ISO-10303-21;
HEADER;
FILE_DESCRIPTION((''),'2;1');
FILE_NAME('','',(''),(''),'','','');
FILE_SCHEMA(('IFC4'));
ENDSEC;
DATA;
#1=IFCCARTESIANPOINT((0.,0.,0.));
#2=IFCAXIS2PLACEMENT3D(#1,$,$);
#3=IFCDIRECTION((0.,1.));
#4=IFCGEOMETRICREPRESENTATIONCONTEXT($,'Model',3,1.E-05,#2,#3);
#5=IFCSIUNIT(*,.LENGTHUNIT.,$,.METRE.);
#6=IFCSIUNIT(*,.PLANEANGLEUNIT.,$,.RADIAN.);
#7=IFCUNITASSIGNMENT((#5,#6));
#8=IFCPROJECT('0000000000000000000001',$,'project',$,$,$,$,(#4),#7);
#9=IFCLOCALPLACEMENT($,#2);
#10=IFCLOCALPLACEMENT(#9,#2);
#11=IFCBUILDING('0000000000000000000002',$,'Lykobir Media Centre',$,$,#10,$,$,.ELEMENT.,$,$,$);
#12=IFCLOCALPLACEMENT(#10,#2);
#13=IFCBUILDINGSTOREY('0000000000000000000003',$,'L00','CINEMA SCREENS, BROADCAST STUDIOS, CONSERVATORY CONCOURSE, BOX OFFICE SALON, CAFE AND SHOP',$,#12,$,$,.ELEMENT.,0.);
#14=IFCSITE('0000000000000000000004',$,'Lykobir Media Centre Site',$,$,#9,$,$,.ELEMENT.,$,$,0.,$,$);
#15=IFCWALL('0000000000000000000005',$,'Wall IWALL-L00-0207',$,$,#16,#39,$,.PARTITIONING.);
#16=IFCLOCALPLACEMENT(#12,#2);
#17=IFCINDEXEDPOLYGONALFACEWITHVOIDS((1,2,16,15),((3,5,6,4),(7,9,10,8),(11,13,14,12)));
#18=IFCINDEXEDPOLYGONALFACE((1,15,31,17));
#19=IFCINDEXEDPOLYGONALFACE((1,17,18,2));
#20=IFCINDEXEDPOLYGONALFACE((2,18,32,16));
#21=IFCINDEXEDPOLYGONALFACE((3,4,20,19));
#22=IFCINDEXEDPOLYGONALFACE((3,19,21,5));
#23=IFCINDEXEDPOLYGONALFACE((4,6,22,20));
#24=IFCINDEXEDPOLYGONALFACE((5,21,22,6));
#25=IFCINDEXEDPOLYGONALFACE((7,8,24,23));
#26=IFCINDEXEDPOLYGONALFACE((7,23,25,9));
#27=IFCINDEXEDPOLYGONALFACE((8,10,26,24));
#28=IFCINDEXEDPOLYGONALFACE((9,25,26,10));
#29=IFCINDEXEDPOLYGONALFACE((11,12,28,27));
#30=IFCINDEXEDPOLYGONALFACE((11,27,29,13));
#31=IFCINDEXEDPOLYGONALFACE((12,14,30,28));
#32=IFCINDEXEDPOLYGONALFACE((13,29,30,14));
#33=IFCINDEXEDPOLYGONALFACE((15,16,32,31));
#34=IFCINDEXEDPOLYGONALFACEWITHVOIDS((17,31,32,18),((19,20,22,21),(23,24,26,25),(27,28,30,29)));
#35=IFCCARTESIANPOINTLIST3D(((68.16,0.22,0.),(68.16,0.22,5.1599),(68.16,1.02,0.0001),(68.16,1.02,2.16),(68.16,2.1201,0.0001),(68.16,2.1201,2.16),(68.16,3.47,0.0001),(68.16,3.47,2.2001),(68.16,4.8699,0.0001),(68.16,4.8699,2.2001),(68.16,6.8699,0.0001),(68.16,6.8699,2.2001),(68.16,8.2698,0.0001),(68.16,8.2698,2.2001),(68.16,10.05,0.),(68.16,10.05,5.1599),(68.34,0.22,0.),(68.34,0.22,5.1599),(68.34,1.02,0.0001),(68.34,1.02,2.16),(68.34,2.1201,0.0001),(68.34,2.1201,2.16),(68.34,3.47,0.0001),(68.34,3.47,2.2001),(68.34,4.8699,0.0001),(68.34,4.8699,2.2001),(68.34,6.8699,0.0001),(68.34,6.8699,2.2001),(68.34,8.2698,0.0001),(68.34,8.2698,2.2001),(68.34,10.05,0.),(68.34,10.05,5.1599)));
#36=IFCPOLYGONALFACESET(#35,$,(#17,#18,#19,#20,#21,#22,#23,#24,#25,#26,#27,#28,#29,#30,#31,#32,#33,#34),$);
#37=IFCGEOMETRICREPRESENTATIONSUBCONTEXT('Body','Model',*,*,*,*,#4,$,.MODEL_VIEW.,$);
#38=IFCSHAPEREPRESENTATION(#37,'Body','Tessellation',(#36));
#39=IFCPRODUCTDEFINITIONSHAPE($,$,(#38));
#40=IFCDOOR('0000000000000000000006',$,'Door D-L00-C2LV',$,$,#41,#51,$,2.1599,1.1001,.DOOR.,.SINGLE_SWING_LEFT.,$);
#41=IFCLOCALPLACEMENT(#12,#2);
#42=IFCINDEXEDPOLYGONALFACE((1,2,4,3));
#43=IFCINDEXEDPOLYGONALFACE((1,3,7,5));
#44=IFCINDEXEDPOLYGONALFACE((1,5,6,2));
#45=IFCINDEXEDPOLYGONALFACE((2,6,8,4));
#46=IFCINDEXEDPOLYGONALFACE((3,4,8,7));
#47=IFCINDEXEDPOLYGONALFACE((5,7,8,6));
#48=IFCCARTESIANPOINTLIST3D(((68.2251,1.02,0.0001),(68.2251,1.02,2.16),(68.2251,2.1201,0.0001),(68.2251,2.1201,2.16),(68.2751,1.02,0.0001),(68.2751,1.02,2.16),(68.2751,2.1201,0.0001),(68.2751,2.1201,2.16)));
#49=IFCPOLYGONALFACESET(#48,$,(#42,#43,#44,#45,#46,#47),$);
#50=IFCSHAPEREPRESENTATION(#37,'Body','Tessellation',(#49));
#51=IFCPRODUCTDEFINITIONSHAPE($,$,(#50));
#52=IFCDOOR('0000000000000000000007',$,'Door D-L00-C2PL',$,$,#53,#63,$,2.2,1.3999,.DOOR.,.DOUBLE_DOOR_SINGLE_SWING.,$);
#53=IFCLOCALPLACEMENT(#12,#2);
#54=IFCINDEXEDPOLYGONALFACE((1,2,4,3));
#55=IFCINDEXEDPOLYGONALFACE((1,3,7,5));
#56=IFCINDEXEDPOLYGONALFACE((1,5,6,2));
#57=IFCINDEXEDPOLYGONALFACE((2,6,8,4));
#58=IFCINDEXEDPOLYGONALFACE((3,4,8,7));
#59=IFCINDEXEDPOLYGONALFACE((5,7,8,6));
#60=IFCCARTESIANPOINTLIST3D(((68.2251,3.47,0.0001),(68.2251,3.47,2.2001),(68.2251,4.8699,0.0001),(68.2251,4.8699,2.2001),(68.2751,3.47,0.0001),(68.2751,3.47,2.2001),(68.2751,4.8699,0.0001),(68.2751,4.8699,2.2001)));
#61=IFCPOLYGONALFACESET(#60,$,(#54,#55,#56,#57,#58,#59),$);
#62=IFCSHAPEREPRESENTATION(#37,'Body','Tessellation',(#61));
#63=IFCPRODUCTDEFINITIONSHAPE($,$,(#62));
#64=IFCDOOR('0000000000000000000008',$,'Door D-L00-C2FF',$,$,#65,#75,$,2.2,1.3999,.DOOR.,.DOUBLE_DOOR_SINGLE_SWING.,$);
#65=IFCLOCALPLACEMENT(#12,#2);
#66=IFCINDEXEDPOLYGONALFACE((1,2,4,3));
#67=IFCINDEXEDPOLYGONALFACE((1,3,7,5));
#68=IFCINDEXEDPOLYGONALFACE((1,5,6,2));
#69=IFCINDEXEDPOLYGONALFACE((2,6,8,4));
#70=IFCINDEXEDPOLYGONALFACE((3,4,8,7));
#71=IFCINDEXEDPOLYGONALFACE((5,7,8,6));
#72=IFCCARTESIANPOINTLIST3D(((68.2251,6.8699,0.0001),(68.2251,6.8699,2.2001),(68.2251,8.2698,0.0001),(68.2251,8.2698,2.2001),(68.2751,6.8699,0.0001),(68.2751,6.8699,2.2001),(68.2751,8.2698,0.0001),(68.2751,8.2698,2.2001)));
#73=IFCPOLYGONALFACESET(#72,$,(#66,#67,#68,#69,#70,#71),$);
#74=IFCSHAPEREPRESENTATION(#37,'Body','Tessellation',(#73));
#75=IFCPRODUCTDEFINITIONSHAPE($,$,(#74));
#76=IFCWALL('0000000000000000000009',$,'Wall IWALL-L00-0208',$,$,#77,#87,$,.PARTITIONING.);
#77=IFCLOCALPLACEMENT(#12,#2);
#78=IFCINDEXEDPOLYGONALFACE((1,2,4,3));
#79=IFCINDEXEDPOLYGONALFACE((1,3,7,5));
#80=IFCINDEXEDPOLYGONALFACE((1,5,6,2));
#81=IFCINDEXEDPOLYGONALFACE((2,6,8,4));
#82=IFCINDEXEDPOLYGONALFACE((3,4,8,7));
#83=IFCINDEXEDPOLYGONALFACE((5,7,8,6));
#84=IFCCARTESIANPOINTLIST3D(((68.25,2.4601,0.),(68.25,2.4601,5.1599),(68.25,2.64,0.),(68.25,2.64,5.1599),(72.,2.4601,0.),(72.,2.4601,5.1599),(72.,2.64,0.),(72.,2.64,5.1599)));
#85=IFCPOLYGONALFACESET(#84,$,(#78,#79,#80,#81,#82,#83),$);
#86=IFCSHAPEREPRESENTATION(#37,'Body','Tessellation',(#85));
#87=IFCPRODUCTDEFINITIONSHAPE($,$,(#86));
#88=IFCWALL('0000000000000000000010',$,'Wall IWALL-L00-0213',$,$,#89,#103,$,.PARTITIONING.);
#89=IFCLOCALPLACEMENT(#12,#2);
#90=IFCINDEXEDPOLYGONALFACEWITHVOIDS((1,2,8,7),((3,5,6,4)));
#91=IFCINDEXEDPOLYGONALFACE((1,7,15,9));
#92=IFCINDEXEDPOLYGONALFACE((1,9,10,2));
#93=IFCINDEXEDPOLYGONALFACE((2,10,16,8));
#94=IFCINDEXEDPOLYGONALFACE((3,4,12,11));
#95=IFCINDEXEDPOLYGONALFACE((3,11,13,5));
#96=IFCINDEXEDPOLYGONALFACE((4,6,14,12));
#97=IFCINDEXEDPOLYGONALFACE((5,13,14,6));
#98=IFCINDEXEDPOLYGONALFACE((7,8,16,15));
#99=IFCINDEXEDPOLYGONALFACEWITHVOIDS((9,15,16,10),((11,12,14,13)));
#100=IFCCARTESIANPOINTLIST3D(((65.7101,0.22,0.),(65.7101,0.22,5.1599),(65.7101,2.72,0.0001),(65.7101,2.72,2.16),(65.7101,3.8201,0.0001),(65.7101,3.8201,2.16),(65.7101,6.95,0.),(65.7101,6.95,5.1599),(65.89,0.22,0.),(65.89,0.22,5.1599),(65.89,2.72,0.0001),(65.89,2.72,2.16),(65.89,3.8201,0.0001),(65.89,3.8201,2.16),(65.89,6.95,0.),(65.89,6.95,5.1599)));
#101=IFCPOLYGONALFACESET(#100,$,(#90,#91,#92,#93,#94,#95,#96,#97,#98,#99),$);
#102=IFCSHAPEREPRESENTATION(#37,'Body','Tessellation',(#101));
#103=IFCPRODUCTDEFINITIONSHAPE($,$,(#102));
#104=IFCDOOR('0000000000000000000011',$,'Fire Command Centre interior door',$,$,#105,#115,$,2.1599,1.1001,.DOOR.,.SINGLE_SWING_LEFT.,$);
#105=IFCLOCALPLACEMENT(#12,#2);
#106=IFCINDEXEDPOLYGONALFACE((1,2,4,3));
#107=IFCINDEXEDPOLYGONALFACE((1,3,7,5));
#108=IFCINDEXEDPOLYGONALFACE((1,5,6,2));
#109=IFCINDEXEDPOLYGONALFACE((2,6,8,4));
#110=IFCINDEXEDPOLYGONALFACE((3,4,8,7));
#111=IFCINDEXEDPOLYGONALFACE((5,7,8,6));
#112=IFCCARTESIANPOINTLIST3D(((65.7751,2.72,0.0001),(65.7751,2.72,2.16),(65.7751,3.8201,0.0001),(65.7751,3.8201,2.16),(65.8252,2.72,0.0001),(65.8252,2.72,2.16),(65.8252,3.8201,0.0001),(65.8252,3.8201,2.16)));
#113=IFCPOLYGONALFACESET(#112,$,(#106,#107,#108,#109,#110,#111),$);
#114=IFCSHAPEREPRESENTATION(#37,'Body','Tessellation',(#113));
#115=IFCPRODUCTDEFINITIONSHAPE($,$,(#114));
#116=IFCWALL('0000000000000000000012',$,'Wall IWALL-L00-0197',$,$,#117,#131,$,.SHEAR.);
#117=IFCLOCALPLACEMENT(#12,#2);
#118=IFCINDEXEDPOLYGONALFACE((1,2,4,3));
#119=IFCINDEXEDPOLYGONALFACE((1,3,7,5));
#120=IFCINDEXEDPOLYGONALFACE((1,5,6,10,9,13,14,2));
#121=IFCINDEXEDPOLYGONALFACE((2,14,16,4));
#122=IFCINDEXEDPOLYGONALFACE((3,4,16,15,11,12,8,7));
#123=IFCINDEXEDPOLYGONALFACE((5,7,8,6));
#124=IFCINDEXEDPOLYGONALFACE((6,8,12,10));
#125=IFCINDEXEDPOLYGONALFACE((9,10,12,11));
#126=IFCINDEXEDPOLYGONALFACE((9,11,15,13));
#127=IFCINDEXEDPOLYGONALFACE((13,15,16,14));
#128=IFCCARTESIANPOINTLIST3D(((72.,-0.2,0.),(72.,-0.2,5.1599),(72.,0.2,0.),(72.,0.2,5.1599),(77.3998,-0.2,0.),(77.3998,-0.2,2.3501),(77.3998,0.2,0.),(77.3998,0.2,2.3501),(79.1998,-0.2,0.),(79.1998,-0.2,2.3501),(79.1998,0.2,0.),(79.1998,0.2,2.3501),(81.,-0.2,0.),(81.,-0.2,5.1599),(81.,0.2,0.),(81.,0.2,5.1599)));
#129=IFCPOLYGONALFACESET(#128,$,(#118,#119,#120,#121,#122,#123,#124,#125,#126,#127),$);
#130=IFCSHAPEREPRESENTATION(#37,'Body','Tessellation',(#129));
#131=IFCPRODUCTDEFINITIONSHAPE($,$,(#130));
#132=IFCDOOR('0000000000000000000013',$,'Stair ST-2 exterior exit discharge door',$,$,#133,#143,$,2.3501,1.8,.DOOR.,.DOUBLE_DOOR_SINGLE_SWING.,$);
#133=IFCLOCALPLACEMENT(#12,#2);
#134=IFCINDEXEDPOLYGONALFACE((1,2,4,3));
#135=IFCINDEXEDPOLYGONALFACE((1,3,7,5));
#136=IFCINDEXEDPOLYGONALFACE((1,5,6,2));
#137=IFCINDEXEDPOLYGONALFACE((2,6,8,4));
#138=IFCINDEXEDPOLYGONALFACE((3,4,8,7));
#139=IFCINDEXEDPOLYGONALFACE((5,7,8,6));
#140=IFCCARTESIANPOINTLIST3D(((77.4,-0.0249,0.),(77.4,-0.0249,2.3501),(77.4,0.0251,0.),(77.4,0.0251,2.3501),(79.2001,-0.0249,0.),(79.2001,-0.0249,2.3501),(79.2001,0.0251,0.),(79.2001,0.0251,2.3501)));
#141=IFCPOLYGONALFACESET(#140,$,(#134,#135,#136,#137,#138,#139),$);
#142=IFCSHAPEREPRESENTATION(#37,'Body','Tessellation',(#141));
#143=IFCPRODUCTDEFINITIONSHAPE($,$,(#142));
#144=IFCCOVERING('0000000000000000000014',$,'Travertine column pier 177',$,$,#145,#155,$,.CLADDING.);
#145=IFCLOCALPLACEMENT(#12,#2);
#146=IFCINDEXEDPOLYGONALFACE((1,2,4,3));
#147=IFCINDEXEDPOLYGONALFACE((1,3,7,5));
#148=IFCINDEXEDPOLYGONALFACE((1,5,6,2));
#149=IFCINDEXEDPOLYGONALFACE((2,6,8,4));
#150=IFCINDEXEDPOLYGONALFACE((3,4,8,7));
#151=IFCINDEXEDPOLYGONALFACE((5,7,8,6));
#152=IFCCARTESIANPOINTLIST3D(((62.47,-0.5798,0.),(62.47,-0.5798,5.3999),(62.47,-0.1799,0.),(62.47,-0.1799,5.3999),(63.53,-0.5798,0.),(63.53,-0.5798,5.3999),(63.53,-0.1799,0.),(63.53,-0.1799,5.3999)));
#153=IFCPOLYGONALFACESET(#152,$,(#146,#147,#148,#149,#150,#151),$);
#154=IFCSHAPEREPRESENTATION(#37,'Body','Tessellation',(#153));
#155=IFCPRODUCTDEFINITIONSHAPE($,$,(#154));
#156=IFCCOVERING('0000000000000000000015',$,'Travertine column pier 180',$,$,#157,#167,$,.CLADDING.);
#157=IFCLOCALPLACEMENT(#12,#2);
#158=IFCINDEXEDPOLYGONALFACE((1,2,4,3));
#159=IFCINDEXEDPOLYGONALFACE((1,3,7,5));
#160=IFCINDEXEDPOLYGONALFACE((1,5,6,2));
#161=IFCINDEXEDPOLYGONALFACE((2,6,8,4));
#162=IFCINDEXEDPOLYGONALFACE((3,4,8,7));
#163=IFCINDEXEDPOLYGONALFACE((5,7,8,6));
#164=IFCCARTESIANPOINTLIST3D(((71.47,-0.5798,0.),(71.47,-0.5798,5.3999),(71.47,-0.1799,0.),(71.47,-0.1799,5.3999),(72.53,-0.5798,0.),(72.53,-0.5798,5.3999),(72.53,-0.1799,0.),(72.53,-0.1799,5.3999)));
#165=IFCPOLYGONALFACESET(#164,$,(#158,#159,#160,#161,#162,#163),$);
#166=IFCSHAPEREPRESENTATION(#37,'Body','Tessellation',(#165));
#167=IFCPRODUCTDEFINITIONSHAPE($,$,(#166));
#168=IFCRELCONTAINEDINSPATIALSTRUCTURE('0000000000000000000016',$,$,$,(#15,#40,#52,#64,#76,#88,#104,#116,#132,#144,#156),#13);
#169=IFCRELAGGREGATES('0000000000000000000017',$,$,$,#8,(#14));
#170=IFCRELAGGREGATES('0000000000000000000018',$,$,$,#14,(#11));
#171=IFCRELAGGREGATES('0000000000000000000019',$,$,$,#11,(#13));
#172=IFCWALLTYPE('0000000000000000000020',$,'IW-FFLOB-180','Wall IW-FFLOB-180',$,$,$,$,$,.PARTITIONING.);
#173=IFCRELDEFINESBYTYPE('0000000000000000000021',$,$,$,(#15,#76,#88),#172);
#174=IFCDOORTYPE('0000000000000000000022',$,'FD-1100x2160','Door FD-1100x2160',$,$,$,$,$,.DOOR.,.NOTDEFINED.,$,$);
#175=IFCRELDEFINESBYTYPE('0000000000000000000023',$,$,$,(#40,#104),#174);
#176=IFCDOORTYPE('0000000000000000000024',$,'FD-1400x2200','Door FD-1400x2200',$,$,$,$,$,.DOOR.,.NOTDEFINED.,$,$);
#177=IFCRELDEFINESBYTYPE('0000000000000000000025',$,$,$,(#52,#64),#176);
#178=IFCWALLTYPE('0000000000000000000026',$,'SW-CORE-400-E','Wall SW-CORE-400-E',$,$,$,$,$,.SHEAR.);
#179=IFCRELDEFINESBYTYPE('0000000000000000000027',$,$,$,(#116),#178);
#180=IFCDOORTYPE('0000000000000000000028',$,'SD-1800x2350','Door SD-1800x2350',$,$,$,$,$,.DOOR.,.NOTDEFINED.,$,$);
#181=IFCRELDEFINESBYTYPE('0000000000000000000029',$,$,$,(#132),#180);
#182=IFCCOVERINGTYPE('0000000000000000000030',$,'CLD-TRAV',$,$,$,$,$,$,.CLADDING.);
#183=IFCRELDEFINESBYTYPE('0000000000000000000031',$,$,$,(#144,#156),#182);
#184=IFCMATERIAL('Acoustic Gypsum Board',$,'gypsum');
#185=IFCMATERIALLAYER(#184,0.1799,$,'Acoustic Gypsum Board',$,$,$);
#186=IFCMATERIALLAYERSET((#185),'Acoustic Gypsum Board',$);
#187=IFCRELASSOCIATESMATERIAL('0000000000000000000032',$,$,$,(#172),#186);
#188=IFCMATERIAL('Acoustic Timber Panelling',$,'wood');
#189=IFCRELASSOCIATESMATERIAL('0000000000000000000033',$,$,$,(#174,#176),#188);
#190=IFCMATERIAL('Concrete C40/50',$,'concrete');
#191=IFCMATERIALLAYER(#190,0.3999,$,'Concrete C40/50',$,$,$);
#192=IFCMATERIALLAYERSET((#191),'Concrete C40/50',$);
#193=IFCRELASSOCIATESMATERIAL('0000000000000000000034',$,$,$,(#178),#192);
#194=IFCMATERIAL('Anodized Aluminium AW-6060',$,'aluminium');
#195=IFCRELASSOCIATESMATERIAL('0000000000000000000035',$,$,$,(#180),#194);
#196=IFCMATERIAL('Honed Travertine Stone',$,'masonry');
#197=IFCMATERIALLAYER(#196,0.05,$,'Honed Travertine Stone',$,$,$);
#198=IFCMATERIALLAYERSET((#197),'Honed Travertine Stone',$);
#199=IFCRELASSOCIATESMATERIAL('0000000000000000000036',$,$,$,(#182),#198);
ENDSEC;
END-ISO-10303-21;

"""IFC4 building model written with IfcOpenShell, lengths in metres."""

from ifc_helpers import new_model, si_unit, direction, frame, frame_2d, origin, origin_2d, place, context, subcontext, project, spatial, rectangle, extrude, material, layer, layer_set, type_object, element, fill, save


model = new_model("IFC4")

# Units and contexts
model_context = context("Model", 3, precision=1e-05, world=origin(), true_north=direction((0.0, 1.0)))
body_context = subcontext(model_context, "Body", "Model", "MODEL_VIEW")
ifc_project = project(units=[si_unit("LENGTHUNIT", "METRE"), si_unit("PLANEANGLEUNIT", "RADIAN")], contexts=[model_context])

# Site, building, storey
site_placement = place(None, origin())
site = spatial("IfcSite", under=ifc_project, at=site_placement, Name="Lykobir Media Centre Site", CompositionType="ELEMENT", RefElevation=0.0)
building_placement = place(site_placement, origin())
building = spatial("IfcBuilding", under=site, at=building_placement, Name="Lykobir Media Centre", CompositionType="ELEMENT")
storey_placement = place(building_placement, origin())
storey = spatial("IfcBuildingStorey", under=building, at=storey_placement, Name="L00", Description="CINEMA SCREENS, BROADCAST STUDIOS, CONSERVATORY CONCOURSE, BOX OFFICE SALON, CAFE AND SHOP", CompositionType="ELEMENT", Elevation=0.0)

# Shared definitions
ifc_material_1 = material(Name="Honed Travertine Stone", Category="masonry")
ifc_material_2 = material(Name="Concrete C40/50", Category="concrete")

# Shared definitions
ifc_material_3 = material(Name="Anodized Aluminium AW-6060", Category="aluminium")

# Wall, openings, doors
ifc_material_4 = material(Name="Acoustic Gypsum Board", Category="gypsum")
ifc_layer_1 = layer(ifc_material_4, 0.1799, Name="Acoustic Gypsum Board")
ifc_layer_set_1 = layer_set([ifc_layer_1], Name="Acoustic Gypsum Board")
wall_type_1 = type_object("IfcWallType", Name="IW-FFLOB-180", Description="Wall IW-FFLOB-180", PredefinedType="PARTITIONING", material=ifc_layer_set_1)
wall_1_placement = place(storey_placement, frame((68.25, 0.22, 0.0), z_axis=(0.0, 0.0, 1.0), x_axis=(0.0, 1.0, 0.0)))
wall_1 = element("IfcWall", 1, at=wall_1_placement, inside=storey, type_object=wall_type_1, Name="Wall IWALL-L00-0207", PredefinedType="PARTITIONING", context=body_context, shape_type="SweptSolid", body=[
    extrude(rectangle(XDim=9.8301, YDim=0.1799, at=frame_2d((4.915, 0.0))), origin(), (0.0, 0.0, 1.0), 5.1599),
])
opening_1_placement = place(wall_1_placement, frame((0.8, 0.0, 0.0)))
opening_1 = element("IfcOpeningElement", 2, at=opening_1_placement, cuts=wall_1, PredefinedType="OPENING", context=body_context, shape_type="SweptSolid", body=[
    extrude(rectangle(XDim=1.1001, YDim=2.1599, at=frame_2d((0.55, 1.0801))), frame((0.0, 0.0999, 0.0), z_axis=(0.0, -1.0, 0.0), x_axis=(1.0, 0.0, 0.0)), (0.0, 0.0, 1.0), 0.2),
])
opening_2_placement = place(wall_1_placement, frame((3.25, 0.0, 0.0)))
opening_2 = element("IfcOpeningElement", 3, at=opening_2_placement, cuts=wall_1, PredefinedType="OPENING", context=body_context, shape_type="SweptSolid", body=[
    extrude(rectangle(XDim=1.3999, YDim=2.2, at=frame_2d((0.7, 1.1001))), frame((0.0, 0.0999, 0.0), z_axis=(0.0, -1.0, 0.0), x_axis=(1.0, 0.0, 0.0)), (0.0, 0.0, 1.0), 0.2),
])
opening_3_placement = place(wall_1_placement, frame((6.6499, 0.0, 0.0)))
opening_3 = element("IfcOpeningElement", 4, at=opening_3_placement, cuts=wall_1, PredefinedType="OPENING", context=body_context, shape_type="SweptSolid", body=[
    extrude(rectangle(XDim=1.3999, YDim=2.2, at=frame_2d((0.7, 1.1001))), frame((0.0, 0.0999, 0.0), z_axis=(0.0, -1.0, 0.0), x_axis=(1.0, 0.0, 0.0)), (0.0, 0.0, 1.0), 0.2),
])
ifc_material_5 = material(Name="Acoustic Timber Panelling", Category="wood")
door_type_1 = type_object("IfcDoorType", Name="FD-1100x2160", Description="Door FD-1100x2160", OperationType="NOTDEFINED", PredefinedType="DOOR", material=ifc_material_5)
door_1_placement = place(opening_1_placement, origin())
door_1 = element("IfcDoor", 5, at=door_1_placement, inside=storey, type_object=door_type_1, Name="Door D-L00-C2LV", OperationType="SINGLE_SWING_LEFT", OverallHeight=2.1599, OverallWidth=1.1001, PredefinedType="DOOR", context=body_context, shape_type="SweptSolid", body=[
    extrude(rectangle(XDim=1.1001, YDim=2.1599, at=frame_2d((0.55, 1.0801))), frame((0.0, 0.0249, 0.0), z_axis=(0.0, -1.0, 0.0), x_axis=(1.0, 0.0, 0.0)), (0.0, 0.0, 1.0), 0.05),
])
fill(opening_1, door_1)
door_type_2 = type_object("IfcDoorType", Name="FD-1400x2200", Description="Door FD-1400x2200", OperationType="NOTDEFINED", PredefinedType="DOOR", material=ifc_material_5)
door_2_placement = place(opening_2_placement, origin())
door_2 = element("IfcDoor", 6, at=door_2_placement, inside=storey, type_object=door_type_2, Name="Door D-L00-C2PL", OperationType="DOUBLE_DOOR_SINGLE_SWING", OverallHeight=2.2, OverallWidth=1.3999, PredefinedType="DOOR", context=body_context, shape_type="SweptSolid", body=[
    extrude(rectangle(XDim=1.3999, YDim=2.2, at=frame_2d((0.7, 1.1001))), frame((0.0, 0.0249, 0.0), z_axis=(0.0, -1.0, 0.0), x_axis=(1.0, 0.0, 0.0)), (0.0, 0.0, 1.0), 0.05),
])
fill(opening_2, door_2)
door_3_placement = place(opening_3_placement, origin())
door_3 = element("IfcDoor", 7, at=door_3_placement, inside=storey, type_object=door_type_2, Name="Door D-L00-C2FF", OperationType="DOUBLE_DOOR_SINGLE_SWING", OverallHeight=2.2, OverallWidth=1.3999, PredefinedType="DOOR", context=body_context, shape_type="SweptSolid", body=[
    extrude(rectangle(XDim=1.3999, YDim=2.2, at=frame_2d((0.7, 1.1001))), frame((0.0, 0.0249, 0.0), z_axis=(0.0, -1.0, 0.0), x_axis=(1.0, 0.0, 0.0)), (0.0, 0.0, 1.0), 0.05),
])
fill(opening_3, door_3)

# Wall
wall_2_placement = place(storey_placement, frame((68.25, 2.55, 0.0), z_axis=(0.0, 0.0, 1.0), x_axis=(1.0, 0.0, 0.0)))
element("IfcWall", 8, at=wall_2_placement, inside=storey, type_object=wall_type_1, Name="Wall IWALL-L00-0208", PredefinedType="PARTITIONING", context=body_context, shape_type="SweptSolid", body=[
    extrude(rectangle(XDim=3.75, YDim=0.1799, at=frame_2d((1.875, 0.0))), origin(), (0.0, 0.0, 1.0), 5.1599),
])

# Walls, openings, doors
wall_3_placement = place(storey_placement, frame((65.8, 0.22, 0.0), z_axis=(0.0, 0.0, 1.0), x_axis=(0.0, 1.0, 0.0)))
wall_3 = element("IfcWall", 9, at=wall_3_placement, inside=storey, type_object=wall_type_1, Name="Wall IWALL-L00-0213", PredefinedType="PARTITIONING", context=body_context, shape_type="SweptSolid", body=[
    extrude(rectangle(XDim=6.73, YDim=0.1799, at=frame_2d((3.365, 0.0))), origin(), (0.0, 0.0, 1.0), 5.1599),
])
opening_4_placement = place(wall_3_placement, frame((2.5, 0.0, 0.0)))
opening_4 = element("IfcOpeningElement", 10, at=opening_4_placement, cuts=wall_3, PredefinedType="OPENING", context=body_context, shape_type="SweptSolid", body=[
    extrude(rectangle(XDim=1.1001, YDim=2.1599, at=frame_2d((0.55, 1.0801))), frame((0.0, 0.0999, 0.0), z_axis=(0.0, -1.0, 0.0), x_axis=(1.0, 0.0, 0.0)), (0.0, 0.0, 1.0), 0.2),
])
door_4_placement = place(opening_4_placement, origin())
door_4 = element("IfcDoor", 11, at=door_4_placement, inside=storey, type_object=door_type_1, Name="Fire Command Centre interior door", OperationType="SINGLE_SWING_LEFT", OverallHeight=2.1599, OverallWidth=1.1001, PredefinedType="DOOR", context=body_context, shape_type="SweptSolid", body=[
    extrude(rectangle(XDim=1.1001, YDim=2.1599, at=frame_2d((0.55, 1.0801))), frame((0.0, 0.0249, 0.0), z_axis=(0.0, -1.0, 0.0), x_axis=(1.0, 0.0, 0.0)), (0.0, 0.0, 1.0), 0.05),
])
fill(opening_4, door_4)
ifc_layer_2 = layer(ifc_material_2, 0.3999, Name="Concrete C40/50")
ifc_layer_set_2 = layer_set([ifc_layer_2], Name="Concrete C40/50")
wall_type_2 = type_object("IfcWallType", Name="SW-CORE-400-E", Description="Wall SW-CORE-400-E", PredefinedType="SHEAR", material=ifc_layer_set_2)
wall_4_placement = place(storey_placement, frame((72.0, 0.0, 0.0), z_axis=(0.0, 0.0, 1.0), x_axis=(1.0, 0.0, 0.0)))
wall_4 = element("IfcWall", 12, at=wall_4_placement, inside=storey, type_object=wall_type_2, Name="Wall IWALL-L00-0197", PredefinedType="SHEAR", context=body_context, shape_type="SweptSolid", body=[
    extrude(rectangle(XDim=9.0, YDim=0.3999, at=frame_2d((4.5, 0.0))), origin(), (0.0, 0.0, 1.0), 5.1599),
])
opening_5_placement = place(wall_4_placement, frame((5.3999, 0.0, 0.0)))
opening_5 = element("IfcOpeningElement", 13, at=opening_5_placement, cuts=wall_4, PredefinedType="OPENING", context=body_context, shape_type="SweptSolid", body=[
    extrude(rectangle(XDim=1.8, YDim=2.3501, at=frame_2d((0.8999, 1.175))), frame((0.0, 0.21, 0.0), z_axis=(0.0, -1.0, 0.0), x_axis=(1.0, 0.0, 0.0)), (0.0, 0.0, 1.0), 0.4199),
])
door_type_3 = type_object("IfcDoorType", Name="SD-1800x2350", Description="Door SD-1800x2350", OperationType="NOTDEFINED", PredefinedType="DOOR", material=ifc_material_3)
door_5_placement = place(opening_5_placement, frame((1.8, 0.0, 0.0), z_axis=(0.0, 0.0, 1.0), x_axis=(-1.0, 0.0, 0.0)))
door_5 = element("IfcDoor", 14, at=door_5_placement, inside=storey, type_object=door_type_3, Name="Stair ST-2 exterior exit discharge door", OperationType="DOUBLE_DOOR_SINGLE_SWING", OverallHeight=2.3501, OverallWidth=1.8, PredefinedType="DOOR", context=body_context, shape_type="SweptSolid", body=[
    extrude(rectangle(XDim=1.8, YDim=2.3501, at=frame_2d((0.8999, 1.175))), frame((0.0, 0.0249, 0.0), z_axis=(0.0, -1.0, 0.0), x_axis=(1.0, 0.0, 0.0)), (0.0, 0.0, 1.0), 0.05),
])
fill(opening_5, door_5)

# Coverings
ifc_layer_3 = layer(ifc_material_1, 0.05, Name="Honed Travertine Stone")
ifc_layer_set_3 = layer_set([ifc_layer_3], Name="Honed Travertine Stone")
covering_type = type_object("IfcCoveringType", Name="CLD-TRAV", PredefinedType="CLADDING", material=ifc_layer_set_3)
for number, where, z_axis, x_axis, name in (
    (15, (63.0, -0.3799, 0.0), (0.0, 0.0, 1.0), (1.0, 0.0, 0.0), "Travertine column pier 177"),
    (16, (72.0, -0.3799, 0.0), (0.0, 0.0, 1.0), (1.0, 0.0, 0.0), "Travertine column pier 180"),
):
    element("IfcCovering", number, at=place(storey_placement, frame(where, z_axis=z_axis, x_axis=x_axis)), inside=storey, type_object=covering_type, Name=name, PredefinedType="CLADDING", context=body_context, shape_type="SweptSolid", body=[
        extrude(rectangle(XDim=1.0601, YDim=0.3999, at=origin_2d()), origin(), (0.0, 0.0, 1.0), 5.3999),
    ])

save(model, "model.ifc")
